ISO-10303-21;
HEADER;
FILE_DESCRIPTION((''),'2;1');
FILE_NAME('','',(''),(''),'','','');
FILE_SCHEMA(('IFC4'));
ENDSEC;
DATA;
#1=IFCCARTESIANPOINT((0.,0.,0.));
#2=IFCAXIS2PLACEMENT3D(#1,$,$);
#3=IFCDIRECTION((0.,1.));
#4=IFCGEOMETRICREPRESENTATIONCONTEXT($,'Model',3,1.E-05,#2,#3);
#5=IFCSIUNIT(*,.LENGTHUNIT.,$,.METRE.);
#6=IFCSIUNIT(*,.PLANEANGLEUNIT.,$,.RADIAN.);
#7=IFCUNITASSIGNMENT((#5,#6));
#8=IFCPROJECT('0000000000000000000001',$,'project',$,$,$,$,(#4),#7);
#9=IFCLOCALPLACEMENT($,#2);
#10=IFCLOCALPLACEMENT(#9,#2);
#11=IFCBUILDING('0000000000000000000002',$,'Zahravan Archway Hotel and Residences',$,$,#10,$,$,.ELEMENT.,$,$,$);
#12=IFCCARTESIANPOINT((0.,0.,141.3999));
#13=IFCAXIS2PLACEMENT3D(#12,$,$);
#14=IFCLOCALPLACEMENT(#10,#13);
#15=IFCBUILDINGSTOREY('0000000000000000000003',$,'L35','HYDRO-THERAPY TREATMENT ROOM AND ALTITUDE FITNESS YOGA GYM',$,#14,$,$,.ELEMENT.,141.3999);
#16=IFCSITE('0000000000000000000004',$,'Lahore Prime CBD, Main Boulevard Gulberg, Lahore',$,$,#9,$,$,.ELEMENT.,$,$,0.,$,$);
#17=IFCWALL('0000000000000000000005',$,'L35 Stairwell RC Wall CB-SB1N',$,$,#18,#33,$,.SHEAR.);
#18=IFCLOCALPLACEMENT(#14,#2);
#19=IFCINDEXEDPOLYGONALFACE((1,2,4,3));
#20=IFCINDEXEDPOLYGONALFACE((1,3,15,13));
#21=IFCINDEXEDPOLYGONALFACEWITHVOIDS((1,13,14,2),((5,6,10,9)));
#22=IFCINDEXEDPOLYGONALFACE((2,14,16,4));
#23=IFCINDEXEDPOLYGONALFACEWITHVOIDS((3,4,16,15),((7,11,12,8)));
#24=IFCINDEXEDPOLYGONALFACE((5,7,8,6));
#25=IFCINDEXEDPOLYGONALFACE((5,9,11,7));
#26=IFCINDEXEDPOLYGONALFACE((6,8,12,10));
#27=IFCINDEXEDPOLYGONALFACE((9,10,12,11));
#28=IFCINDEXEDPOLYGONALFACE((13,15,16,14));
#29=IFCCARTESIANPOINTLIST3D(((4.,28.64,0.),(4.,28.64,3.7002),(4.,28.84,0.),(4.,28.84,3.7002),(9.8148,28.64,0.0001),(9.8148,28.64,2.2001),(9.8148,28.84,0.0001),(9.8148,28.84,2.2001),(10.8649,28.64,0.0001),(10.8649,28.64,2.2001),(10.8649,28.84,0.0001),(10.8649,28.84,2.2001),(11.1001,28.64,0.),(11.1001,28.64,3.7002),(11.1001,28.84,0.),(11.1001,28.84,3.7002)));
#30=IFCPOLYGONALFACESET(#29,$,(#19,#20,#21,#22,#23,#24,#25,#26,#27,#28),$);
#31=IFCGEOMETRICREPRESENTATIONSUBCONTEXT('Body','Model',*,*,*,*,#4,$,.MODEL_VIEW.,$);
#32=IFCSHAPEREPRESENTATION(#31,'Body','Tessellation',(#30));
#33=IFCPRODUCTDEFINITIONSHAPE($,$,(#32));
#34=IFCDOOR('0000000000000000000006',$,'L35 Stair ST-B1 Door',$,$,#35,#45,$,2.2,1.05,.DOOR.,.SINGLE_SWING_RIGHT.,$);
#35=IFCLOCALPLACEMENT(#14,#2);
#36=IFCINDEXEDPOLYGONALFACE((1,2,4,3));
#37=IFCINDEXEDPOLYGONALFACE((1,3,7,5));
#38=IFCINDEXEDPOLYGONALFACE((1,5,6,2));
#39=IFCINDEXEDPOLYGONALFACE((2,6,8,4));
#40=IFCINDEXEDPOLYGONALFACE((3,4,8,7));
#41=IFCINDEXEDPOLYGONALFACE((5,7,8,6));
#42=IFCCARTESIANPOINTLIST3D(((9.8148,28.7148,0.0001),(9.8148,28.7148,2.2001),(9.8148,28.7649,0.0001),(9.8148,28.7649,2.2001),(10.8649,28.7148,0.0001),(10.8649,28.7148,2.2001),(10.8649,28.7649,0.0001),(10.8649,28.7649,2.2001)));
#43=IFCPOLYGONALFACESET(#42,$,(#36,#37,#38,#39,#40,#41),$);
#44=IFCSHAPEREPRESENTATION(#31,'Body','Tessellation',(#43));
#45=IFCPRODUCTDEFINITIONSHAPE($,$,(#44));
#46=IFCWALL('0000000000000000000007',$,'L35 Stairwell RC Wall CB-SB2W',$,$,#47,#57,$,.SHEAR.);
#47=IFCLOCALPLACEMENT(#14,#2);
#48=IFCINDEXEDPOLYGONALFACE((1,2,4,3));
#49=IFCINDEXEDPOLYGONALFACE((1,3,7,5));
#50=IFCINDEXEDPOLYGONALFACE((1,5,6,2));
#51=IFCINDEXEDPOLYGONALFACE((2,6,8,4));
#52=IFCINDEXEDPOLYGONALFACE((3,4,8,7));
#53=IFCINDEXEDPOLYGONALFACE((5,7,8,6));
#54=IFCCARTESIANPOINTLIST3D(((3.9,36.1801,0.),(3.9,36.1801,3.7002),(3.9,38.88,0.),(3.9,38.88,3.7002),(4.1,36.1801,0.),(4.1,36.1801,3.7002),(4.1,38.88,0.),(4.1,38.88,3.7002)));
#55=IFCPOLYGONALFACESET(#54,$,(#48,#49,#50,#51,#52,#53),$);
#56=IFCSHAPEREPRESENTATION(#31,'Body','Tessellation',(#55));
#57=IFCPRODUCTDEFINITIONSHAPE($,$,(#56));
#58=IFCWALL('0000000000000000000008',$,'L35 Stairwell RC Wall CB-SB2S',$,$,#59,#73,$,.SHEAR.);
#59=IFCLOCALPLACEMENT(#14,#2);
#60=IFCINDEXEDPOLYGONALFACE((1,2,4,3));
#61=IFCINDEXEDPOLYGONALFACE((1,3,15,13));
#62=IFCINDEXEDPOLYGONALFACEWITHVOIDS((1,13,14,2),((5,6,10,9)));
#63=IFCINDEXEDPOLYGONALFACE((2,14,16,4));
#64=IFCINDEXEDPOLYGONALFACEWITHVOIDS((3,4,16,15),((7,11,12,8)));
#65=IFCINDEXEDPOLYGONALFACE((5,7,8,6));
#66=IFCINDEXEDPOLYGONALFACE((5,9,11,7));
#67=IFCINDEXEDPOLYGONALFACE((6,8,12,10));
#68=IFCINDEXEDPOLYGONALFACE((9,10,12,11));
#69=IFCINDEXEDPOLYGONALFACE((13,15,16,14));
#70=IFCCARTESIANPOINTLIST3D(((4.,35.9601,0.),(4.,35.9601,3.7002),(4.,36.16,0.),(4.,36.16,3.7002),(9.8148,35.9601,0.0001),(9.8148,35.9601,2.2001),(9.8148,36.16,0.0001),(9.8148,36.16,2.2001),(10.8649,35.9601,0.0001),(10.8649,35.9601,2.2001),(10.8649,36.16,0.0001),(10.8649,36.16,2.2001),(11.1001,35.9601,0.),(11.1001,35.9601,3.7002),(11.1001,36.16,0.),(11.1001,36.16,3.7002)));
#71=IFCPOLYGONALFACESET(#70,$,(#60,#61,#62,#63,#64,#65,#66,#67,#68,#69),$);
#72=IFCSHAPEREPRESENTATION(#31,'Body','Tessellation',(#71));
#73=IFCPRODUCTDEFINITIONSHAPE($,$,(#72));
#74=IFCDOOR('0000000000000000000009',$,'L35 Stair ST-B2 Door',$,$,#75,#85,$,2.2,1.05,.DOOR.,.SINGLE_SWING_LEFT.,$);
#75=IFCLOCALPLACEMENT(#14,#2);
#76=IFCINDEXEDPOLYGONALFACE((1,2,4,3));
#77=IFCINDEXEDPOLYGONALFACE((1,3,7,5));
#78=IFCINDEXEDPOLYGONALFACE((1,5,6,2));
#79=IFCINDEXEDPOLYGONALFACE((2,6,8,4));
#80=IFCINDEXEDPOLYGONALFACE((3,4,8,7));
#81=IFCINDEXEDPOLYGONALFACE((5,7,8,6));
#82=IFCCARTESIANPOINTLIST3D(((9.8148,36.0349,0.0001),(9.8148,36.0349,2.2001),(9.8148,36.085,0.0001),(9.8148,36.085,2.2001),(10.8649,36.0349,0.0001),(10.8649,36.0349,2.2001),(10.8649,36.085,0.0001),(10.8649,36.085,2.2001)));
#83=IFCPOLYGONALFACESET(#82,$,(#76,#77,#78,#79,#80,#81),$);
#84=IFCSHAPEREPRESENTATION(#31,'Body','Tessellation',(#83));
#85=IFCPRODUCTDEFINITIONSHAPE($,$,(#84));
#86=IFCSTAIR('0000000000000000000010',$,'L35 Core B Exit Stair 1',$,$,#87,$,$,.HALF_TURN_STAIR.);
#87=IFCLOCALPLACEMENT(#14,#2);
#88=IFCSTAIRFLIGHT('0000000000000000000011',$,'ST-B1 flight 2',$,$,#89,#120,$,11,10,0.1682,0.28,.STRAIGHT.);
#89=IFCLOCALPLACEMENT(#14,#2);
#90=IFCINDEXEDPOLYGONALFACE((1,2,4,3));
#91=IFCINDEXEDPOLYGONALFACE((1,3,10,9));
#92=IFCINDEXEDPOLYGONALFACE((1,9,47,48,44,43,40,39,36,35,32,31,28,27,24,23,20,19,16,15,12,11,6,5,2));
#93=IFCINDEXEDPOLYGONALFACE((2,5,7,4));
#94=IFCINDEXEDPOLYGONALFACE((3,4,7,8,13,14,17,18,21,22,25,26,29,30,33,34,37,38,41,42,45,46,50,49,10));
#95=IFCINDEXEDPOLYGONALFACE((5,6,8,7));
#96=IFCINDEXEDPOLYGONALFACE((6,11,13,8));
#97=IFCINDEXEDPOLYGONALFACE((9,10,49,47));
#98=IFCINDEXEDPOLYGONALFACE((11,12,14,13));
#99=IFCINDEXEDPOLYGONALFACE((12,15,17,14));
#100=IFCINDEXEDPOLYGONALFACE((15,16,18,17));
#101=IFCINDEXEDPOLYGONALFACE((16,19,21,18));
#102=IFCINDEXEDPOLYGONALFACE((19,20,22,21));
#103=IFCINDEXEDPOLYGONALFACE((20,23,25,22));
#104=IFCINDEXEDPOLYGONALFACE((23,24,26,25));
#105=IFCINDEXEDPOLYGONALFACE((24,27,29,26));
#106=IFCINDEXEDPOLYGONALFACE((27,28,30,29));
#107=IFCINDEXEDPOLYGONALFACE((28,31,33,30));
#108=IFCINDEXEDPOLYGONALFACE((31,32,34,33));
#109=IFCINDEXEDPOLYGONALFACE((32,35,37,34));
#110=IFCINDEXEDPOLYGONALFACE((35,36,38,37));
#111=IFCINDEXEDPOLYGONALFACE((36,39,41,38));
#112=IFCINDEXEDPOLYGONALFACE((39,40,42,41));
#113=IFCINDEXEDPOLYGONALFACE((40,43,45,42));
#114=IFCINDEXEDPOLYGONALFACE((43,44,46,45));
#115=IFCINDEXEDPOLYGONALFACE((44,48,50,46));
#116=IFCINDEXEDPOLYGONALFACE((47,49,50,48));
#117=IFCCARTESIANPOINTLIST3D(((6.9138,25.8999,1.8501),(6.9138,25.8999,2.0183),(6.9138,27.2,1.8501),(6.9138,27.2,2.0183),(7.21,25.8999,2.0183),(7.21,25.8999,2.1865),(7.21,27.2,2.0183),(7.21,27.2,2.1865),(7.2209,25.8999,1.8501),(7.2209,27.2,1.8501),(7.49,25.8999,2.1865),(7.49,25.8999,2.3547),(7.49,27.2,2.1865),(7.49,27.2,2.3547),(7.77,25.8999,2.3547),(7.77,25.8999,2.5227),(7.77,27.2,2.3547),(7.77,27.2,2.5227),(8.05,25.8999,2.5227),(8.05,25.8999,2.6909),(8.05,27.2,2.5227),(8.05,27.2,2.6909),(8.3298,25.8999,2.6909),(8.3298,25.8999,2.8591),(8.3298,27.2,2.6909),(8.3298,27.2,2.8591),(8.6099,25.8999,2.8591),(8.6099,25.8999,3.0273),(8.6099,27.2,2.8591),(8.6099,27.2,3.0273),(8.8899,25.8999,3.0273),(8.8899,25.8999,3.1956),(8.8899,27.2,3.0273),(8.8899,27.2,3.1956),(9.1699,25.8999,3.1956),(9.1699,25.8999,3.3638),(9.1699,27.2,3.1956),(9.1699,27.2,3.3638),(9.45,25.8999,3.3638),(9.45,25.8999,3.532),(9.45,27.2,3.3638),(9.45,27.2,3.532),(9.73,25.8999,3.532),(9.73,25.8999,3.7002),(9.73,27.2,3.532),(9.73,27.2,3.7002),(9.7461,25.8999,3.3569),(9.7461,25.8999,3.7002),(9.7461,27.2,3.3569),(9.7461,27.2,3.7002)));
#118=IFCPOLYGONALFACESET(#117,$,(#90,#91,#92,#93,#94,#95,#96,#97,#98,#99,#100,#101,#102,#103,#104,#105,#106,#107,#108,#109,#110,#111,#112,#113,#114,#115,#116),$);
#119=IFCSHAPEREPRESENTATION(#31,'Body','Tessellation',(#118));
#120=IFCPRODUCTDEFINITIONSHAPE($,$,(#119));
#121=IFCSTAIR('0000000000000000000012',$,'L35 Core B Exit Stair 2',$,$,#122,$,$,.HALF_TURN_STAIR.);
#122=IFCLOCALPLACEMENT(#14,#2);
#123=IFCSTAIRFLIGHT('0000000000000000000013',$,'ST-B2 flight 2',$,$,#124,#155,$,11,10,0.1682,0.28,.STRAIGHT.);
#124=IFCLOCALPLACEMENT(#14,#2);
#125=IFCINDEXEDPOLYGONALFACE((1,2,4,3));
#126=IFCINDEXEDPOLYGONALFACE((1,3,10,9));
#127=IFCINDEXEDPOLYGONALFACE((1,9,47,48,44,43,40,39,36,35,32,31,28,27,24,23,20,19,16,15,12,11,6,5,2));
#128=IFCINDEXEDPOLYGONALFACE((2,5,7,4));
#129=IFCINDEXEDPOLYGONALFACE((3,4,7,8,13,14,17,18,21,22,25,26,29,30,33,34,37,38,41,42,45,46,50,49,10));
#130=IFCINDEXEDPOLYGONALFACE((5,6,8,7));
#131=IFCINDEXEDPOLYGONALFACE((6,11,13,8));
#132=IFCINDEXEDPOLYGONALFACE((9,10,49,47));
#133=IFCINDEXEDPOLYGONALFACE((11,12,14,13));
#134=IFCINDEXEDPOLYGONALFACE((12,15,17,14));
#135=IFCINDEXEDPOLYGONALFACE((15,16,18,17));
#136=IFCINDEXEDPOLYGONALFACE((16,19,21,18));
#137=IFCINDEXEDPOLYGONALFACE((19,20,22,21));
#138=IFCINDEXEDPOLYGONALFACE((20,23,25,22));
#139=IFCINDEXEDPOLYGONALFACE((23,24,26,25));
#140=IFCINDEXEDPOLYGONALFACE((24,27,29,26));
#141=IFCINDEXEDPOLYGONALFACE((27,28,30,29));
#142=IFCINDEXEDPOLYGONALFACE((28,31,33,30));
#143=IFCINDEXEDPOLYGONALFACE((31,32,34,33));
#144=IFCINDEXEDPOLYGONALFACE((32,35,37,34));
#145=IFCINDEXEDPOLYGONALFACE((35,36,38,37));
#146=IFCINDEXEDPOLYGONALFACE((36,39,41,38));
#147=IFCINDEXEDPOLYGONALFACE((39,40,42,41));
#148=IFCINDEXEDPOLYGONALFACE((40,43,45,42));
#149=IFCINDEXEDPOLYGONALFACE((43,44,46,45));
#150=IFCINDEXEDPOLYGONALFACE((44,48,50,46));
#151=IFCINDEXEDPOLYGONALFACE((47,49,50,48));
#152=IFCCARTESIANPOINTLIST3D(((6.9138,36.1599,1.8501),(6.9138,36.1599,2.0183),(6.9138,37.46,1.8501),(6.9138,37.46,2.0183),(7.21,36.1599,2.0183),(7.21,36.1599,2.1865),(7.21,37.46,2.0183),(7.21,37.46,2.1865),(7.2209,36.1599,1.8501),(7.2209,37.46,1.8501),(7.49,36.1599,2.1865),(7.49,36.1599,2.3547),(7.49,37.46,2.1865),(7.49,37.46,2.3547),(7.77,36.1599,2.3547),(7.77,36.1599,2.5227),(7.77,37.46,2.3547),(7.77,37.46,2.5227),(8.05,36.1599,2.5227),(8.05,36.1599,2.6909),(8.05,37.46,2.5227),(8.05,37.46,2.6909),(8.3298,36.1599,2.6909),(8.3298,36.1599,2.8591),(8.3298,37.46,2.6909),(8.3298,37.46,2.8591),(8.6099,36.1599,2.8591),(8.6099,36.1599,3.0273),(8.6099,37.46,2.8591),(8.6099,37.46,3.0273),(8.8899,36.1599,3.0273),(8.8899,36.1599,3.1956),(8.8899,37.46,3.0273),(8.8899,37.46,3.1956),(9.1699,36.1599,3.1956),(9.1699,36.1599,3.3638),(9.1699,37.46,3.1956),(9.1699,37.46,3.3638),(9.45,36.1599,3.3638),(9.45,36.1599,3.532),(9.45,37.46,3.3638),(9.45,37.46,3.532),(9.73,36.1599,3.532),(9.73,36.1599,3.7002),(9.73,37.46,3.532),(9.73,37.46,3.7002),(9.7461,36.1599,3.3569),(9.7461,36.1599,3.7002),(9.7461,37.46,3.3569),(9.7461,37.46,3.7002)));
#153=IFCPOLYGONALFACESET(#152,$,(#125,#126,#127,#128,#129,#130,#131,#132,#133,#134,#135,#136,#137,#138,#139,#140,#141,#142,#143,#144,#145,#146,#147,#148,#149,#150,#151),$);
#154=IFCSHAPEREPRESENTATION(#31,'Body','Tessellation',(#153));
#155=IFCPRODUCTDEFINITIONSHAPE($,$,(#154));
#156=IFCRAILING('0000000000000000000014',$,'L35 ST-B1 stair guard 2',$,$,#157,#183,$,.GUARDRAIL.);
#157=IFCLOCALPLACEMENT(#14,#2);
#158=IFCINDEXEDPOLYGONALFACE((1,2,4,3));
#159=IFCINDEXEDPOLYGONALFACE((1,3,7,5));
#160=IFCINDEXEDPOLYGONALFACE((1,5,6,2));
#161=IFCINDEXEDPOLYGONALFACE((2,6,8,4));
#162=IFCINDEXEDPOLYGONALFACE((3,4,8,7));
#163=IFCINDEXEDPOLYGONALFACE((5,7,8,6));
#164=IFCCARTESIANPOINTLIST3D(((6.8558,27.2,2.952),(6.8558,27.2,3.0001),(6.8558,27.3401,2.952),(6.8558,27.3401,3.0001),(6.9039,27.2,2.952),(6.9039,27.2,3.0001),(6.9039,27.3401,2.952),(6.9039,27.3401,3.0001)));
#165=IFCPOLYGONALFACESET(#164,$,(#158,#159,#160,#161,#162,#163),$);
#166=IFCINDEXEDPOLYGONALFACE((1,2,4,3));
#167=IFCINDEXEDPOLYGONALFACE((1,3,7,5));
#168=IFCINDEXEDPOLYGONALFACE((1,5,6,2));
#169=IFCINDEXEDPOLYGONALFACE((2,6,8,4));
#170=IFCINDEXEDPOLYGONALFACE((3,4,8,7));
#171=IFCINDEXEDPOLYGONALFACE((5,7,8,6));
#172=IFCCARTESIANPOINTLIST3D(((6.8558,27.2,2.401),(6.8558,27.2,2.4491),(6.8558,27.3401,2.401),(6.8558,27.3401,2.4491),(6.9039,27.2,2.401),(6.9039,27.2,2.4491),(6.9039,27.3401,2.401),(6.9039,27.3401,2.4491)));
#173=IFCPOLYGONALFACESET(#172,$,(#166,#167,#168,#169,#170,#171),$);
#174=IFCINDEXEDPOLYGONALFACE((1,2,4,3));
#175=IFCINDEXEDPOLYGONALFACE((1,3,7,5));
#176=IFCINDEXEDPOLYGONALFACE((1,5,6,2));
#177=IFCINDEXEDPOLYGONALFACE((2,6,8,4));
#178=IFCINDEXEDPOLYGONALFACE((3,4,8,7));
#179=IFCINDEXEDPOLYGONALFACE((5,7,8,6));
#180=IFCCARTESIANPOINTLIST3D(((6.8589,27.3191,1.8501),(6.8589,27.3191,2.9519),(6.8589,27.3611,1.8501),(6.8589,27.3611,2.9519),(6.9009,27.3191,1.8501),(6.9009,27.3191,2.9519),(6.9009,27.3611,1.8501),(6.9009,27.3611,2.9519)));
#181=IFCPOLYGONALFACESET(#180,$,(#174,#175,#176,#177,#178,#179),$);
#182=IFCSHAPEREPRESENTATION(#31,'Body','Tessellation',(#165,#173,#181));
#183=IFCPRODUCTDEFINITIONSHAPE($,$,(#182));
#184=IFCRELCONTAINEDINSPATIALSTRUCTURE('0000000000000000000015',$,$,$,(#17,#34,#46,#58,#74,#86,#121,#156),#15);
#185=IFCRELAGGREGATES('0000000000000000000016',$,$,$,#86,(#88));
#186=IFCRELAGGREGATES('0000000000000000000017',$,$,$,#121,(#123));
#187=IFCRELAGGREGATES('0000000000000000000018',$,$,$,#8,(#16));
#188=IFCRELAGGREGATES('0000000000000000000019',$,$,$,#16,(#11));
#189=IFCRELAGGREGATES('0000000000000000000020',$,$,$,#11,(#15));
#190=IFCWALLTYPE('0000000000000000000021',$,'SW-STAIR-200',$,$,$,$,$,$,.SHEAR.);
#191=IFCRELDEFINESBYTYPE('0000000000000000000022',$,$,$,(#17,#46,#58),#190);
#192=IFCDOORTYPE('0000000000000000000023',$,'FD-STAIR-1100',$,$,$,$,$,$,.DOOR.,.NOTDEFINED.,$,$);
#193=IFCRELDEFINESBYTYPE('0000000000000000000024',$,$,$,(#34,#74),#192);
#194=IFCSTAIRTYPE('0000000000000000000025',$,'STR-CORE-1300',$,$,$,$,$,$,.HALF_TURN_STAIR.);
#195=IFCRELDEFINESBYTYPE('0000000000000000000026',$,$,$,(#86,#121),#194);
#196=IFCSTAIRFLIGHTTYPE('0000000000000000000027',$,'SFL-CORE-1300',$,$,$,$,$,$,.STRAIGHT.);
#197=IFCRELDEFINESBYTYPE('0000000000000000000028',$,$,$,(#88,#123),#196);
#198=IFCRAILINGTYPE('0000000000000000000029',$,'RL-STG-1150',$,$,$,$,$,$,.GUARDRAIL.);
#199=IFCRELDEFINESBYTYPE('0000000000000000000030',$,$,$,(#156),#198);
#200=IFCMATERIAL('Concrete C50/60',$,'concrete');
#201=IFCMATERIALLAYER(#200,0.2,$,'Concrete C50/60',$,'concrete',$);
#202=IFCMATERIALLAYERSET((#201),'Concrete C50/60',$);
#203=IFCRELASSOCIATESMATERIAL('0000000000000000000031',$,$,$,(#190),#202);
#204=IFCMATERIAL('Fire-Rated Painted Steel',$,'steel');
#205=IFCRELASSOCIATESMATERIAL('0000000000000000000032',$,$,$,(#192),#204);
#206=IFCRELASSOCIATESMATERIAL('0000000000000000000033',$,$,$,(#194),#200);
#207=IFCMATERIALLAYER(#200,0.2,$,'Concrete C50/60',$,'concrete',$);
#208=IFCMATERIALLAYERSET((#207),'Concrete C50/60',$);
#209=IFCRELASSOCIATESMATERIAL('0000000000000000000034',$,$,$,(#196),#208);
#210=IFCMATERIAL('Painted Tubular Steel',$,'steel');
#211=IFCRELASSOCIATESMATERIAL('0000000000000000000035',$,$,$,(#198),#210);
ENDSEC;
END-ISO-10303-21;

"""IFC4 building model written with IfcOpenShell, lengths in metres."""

from ifc_helpers import new_model, si_unit, direction, frame, frame_2d, origin, origin_2d, place, context, subcontext, project, spatial, polyline, rectangle, outline, extrude, source, transform, mapped, material, layer, layer_set, type_object, type_shapes, element, fill, aggregate, save


model = new_model("IFC4")

# Units and contexts
model_context = context("Model", 3, precision=1e-05, world=origin(), true_north=direction((0.0, 1.0)))
body_context = subcontext(model_context, "Body", "Model", "MODEL_VIEW")
ifc_project = project(units=[si_unit("LENGTHUNIT", "METRE"), si_unit("PLANEANGLEUNIT", "RADIAN")], contexts=[model_context])

# Site, building, storey
site_placement = place(None, origin())
site = spatial("IfcSite", under=ifc_project, at=site_placement, Name="Lahore Prime CBD, Main Boulevard Gulberg, Lahore", CompositionType="ELEMENT", RefElevation=0.0)
building_placement = place(site_placement, origin())
building = spatial("IfcBuilding", under=site, at=building_placement, Name="Zahravan Archway Hotel and Residences", CompositionType="ELEMENT")
storey_placement = place(building_placement, frame((0.0, 0.0, 141.3999)))
storey = spatial("IfcBuildingStorey", under=building, at=storey_placement, Name="L35", Description="HYDRO-THERAPY TREATMENT ROOM AND ALTITUDE FITNESS YOGA GYM", CompositionType="ELEMENT", Elevation=141.3999)

# Shared definitions
ifc_material_1 = material(Name="Fire-Rated Painted Steel", Category="steel")

# Shared definitions
ifc_material_2 = material(Name="Concrete C50/60", Category="concrete")
ifc_layer_1 = layer(ifc_material_2, 0.2, Name="Concrete C50/60", Category="concrete")
ifc_layer_set_1 = layer_set([ifc_layer_1], Name="Concrete C50/60")
wall_type_1 = type_object("IfcWallType", Name="SW-STAIR-200", PredefinedType="SHEAR", material=ifc_layer_set_1)

# Wall, opening, door
wall_1_placement = place(storey_placement, frame((4.0, 28.74, 0.0), z_axis=(0.0, 0.0, 1.0), x_axis=(1.0, 0.0, 0.0)))
wall_1 = element("IfcWall", 1, at=wall_1_placement, inside=storey, type_object=wall_type_1, Name="L35 Stairwell RC Wall CB-SB1N", PredefinedType="SHEAR", context=body_context, shape_type="SweptSolid", body=[
    extrude(rectangle(XDim=7.1001, YDim=0.2, at=frame_2d((3.55, 0.0))), origin(), (0.0, 0.0, 1.0), 3.7002),
])
opening_1_placement = place(wall_1_placement, frame((5.8149, 0.0, 0.0)))
opening_1 = element("IfcOpeningElement", 2, at=opening_1_placement, cuts=wall_1, PredefinedType="OPENING", context=body_context, shape_type="SweptSolid", body=[
    extrude(rectangle(XDim=1.05, YDim=2.2, at=frame_2d((0.5249, 1.1001))), frame((0.0, 0.1099, 0.0), z_axis=(0.0, -1.0, 0.0), x_axis=(1.0, 0.0, 0.0)), (0.0, 0.0, 1.0), 0.22),
])
door_type_1 = type_object("IfcDoorType", Name="FD-STAIR-1100", OperationType="NOTDEFINED", PredefinedType="DOOR", material=ifc_material_1)
shared_shape_1 = source(origin(), body_context, "Body", "SweptSolid", [
    extrude(rectangle(XDim=1.05, YDim=2.2, at=frame_2d((0.5249, 1.1001))), frame((0.0, 0.0249, 0.0), z_axis=(0.0, -1.0, 0.0), x_axis=(1.0, 0.0, 0.0)), (0.0, 0.0, 1.0), 0.05),
])
type_shapes(door_type_1, [shared_shape_1])
door_1_placement = place(opening_1_placement, origin())
door_1 = element("IfcDoor", 3, at=door_1_placement, inside=storey, type_object=door_type_1, Name="L35 Stair ST-B1 Door", OperationType="SINGLE_SWING_RIGHT", OverallHeight=2.2, OverallWidth=1.05, PredefinedType="DOOR", context=body_context, shape_type="MappedRepresentation", body=[
    mapped(shared_shape_1, transform((0.0, 0.0, 0.0), scale=1.0)),
])
fill(opening_1, door_1)

# Wall
wall_2_placement = place(storey_placement, frame((4.0, 36.1799, 0.0), z_axis=(0.0, 0.0, 1.0), x_axis=(0.0, 1.0, 0.0)))
element("IfcWall", 4, at=wall_2_placement, inside=storey, type_object=wall_type_1, Name="L35 Stairwell RC Wall CB-SB2W", PredefinedType="SHEAR", context=body_context, shape_type="SweptSolid", body=[
    extrude(rectangle(XDim=2.7, YDim=0.2, at=frame_2d((1.3501, 0.0))), origin(), (0.0, 0.0, 1.0), 3.7002),
])

# Wall, opening, door
wall_3_placement = place(storey_placement, frame((4.0, 36.0601, 0.0), z_axis=(0.0, 0.0, 1.0), x_axis=(1.0, 0.0, 0.0)))
wall_3 = element("IfcWall", 5, at=wall_3_placement, inside=storey, type_object=wall_type_1, Name="L35 Stairwell RC Wall CB-SB2S", PredefinedType="SHEAR", context=body_context, shape_type="SweptSolid", body=[
    extrude(rectangle(XDim=7.1001, YDim=0.2, at=frame_2d((3.55, 0.0))), origin(), (0.0, 0.0, 1.0), 3.7002),
])
opening_2_placement = place(wall_3_placement, frame((5.8149, 0.0, 0.0)))
opening_2 = element("IfcOpeningElement", 6, at=opening_2_placement, cuts=wall_3, PredefinedType="OPENING", context=body_context, shape_type="SweptSolid", body=[
    extrude(rectangle(XDim=1.05, YDim=2.2, at=frame_2d((0.5249, 1.1001))), frame((0.0, 0.1099, 0.0), z_axis=(0.0, -1.0, 0.0), x_axis=(1.0, 0.0, 0.0)), (0.0, 0.0, 1.0), 0.22),
])
door_2_placement = place(opening_2_placement, origin())
door_2 = element("IfcDoor", 7, at=door_2_placement, inside=storey, type_object=door_type_1, Name="L35 Stair ST-B2 Door", OperationType="SINGLE_SWING_LEFT", OverallHeight=2.2, OverallWidth=1.05, PredefinedType="DOOR", context=body_context, shape_type="MappedRepresentation", body=[
    mapped(shared_shape_1, transform((0.0, 0.0, 0.0), scale=1.0)),
])
fill(opening_2, door_2)

# Stairs, stair flights
stair_type = type_object("IfcStairType", Name="STR-CORE-1300", PredefinedType="HALF_TURN_STAIR", material=ifc_material_2)
stair_1_placement = place(storey_placement, origin())
stair_1 = element("IfcStair", 8, at=stair_1_placement, inside=storey, type_object=stair_type, Name="L35 Core B Exit Stair 1", PredefinedType="HALF_TURN_STAIR")
ifc_layer_2 = layer(ifc_material_2, 0.2, Name="Concrete C50/60", Category="concrete")
ifc_layer_set_2 = layer_set([ifc_layer_2], Name="Concrete C50/60")
stair_flight_type = type_object("IfcStairFlightType", Name="SFL-CORE-1300", PredefinedType="STRAIGHT", material=ifc_layer_set_2)
shared_shape_2 = source(origin(), body_context, "Body", "SweptSolid", [
    extrude(outline(polyline([(-0.0161, 0.0), (-0.0161, 0.1682), (0.28, 0.1682), (0.28, 0.3364), (0.5601, 0.3364), (0.5601, 0.5046), (0.8401, 0.5046), (0.8401, 0.6726), (1.1201, 0.6726), (1.1201, 0.8408), (1.3999, 0.8408), (1.3999, 1.009), (1.6799, 1.009), (1.6799, 1.1772), (1.96, 1.1772), (1.96, 1.3455), (2.24, 1.3455), (2.24, 1.5137), (2.52, 1.5137), (2.52, 1.6819), (2.8, 1.6819), (2.8, 1.8501), (2.8162, 1.8501), (2.8162, 1.5068), (0.291, 0.0), (-0.0161, 0.0)])), frame((0.0, 0.6499, 0.0), z_axis=(0.0, -1.0, 0.0), x_axis=(1.0, 0.0, 0.0)), (0.0, 0.0, 1.0), 1.3),
])
stair_flight_1_placement = place(storey_placement, frame((6.9299, 26.55, 1.8501), z_axis=(0.0, 0.0, 1.0), x_axis=(1.0, 0.0, 0.0)))
stair_flight_1 = element("IfcStairFlight", 9, at=stair_flight_1_placement, type_object=stair_flight_type, Name="ST-B1 flight 2", NumberOfRisers=11, NumberOfTreads=10, PredefinedType="STRAIGHT", RiserHeight=0.1682, TreadLength=0.28, context=body_context, shape_type="MappedRepresentation", body=[
    mapped(shared_shape_2, transform((0.0, 0.0, 0.0), scale=1.0)),
])
aggregate(stair_1, [stair_flight_1])
stair_2_placement = place(storey_placement, origin())
stair_2 = element("IfcStair", 10, at=stair_2_placement, inside=storey, type_object=stair_type, Name="L35 Core B Exit Stair 2", PredefinedType="HALF_TURN_STAIR")
stair_flight_2_placement = place(storey_placement, frame((6.9299, 36.8101, 1.8501), z_axis=(0.0, 0.0, 1.0), x_axis=(1.0, 0.0, 0.0)))
stair_flight_2 = element("IfcStairFlight", 11, at=stair_flight_2_placement, type_object=stair_flight_type, Name="ST-B2 flight 2", NumberOfRisers=11, NumberOfTreads=10, PredefinedType="STRAIGHT", RiserHeight=0.1682, TreadLength=0.28, context=body_context, shape_type="MappedRepresentation", body=[
    mapped(shared_shape_2, transform((0.0, 0.0, 0.0), scale=1.0)),
])
aggregate(stair_2, [stair_flight_2])

# Railing
ifc_material_3 = material(Name="Painted Tubular Steel", Category="steel")
railing_type_1 = type_object("IfcRailingType", Name="RL-STG-1150", PredefinedType="GUARDRAIL", material=ifc_material_3)
railing_1_placement = place(storey_placement, frame((6.8799, 27.3401, 1.8501)))
element("IfcRailing", 12, at=railing_1_placement, inside=storey, type_object=railing_type_1, Name="L35 ST-B1 stair guard 2", PredefinedType="GUARDRAIL", context=body_context, shape_type="SweptSolid", body=[
    extrude(rectangle(XDim=0.0481, YDim=0.0481, at=origin_2d()), frame((0.0, 0.0, 1.126), z_axis=(0.0, -1.0, 0.0), x_axis=(1.0, 0.0, 0.0)), (0.0, 0.0, 1.0), 0.1401),
    extrude(rectangle(XDim=0.0481, YDim=0.0481, at=origin_2d()), frame((0.0, 0.0, 0.575), z_axis=(0.0, -1.0, 0.0), x_axis=(1.0, 0.0, 0.0)), (0.0, 0.0, 1.0), 0.1401),
    extrude(rectangle(XDim=0.042, YDim=0.042, at=origin_2d()), origin(), (0.0, 0.0, 1.0), 1.1018),
])

save(model, "model.ifc")
